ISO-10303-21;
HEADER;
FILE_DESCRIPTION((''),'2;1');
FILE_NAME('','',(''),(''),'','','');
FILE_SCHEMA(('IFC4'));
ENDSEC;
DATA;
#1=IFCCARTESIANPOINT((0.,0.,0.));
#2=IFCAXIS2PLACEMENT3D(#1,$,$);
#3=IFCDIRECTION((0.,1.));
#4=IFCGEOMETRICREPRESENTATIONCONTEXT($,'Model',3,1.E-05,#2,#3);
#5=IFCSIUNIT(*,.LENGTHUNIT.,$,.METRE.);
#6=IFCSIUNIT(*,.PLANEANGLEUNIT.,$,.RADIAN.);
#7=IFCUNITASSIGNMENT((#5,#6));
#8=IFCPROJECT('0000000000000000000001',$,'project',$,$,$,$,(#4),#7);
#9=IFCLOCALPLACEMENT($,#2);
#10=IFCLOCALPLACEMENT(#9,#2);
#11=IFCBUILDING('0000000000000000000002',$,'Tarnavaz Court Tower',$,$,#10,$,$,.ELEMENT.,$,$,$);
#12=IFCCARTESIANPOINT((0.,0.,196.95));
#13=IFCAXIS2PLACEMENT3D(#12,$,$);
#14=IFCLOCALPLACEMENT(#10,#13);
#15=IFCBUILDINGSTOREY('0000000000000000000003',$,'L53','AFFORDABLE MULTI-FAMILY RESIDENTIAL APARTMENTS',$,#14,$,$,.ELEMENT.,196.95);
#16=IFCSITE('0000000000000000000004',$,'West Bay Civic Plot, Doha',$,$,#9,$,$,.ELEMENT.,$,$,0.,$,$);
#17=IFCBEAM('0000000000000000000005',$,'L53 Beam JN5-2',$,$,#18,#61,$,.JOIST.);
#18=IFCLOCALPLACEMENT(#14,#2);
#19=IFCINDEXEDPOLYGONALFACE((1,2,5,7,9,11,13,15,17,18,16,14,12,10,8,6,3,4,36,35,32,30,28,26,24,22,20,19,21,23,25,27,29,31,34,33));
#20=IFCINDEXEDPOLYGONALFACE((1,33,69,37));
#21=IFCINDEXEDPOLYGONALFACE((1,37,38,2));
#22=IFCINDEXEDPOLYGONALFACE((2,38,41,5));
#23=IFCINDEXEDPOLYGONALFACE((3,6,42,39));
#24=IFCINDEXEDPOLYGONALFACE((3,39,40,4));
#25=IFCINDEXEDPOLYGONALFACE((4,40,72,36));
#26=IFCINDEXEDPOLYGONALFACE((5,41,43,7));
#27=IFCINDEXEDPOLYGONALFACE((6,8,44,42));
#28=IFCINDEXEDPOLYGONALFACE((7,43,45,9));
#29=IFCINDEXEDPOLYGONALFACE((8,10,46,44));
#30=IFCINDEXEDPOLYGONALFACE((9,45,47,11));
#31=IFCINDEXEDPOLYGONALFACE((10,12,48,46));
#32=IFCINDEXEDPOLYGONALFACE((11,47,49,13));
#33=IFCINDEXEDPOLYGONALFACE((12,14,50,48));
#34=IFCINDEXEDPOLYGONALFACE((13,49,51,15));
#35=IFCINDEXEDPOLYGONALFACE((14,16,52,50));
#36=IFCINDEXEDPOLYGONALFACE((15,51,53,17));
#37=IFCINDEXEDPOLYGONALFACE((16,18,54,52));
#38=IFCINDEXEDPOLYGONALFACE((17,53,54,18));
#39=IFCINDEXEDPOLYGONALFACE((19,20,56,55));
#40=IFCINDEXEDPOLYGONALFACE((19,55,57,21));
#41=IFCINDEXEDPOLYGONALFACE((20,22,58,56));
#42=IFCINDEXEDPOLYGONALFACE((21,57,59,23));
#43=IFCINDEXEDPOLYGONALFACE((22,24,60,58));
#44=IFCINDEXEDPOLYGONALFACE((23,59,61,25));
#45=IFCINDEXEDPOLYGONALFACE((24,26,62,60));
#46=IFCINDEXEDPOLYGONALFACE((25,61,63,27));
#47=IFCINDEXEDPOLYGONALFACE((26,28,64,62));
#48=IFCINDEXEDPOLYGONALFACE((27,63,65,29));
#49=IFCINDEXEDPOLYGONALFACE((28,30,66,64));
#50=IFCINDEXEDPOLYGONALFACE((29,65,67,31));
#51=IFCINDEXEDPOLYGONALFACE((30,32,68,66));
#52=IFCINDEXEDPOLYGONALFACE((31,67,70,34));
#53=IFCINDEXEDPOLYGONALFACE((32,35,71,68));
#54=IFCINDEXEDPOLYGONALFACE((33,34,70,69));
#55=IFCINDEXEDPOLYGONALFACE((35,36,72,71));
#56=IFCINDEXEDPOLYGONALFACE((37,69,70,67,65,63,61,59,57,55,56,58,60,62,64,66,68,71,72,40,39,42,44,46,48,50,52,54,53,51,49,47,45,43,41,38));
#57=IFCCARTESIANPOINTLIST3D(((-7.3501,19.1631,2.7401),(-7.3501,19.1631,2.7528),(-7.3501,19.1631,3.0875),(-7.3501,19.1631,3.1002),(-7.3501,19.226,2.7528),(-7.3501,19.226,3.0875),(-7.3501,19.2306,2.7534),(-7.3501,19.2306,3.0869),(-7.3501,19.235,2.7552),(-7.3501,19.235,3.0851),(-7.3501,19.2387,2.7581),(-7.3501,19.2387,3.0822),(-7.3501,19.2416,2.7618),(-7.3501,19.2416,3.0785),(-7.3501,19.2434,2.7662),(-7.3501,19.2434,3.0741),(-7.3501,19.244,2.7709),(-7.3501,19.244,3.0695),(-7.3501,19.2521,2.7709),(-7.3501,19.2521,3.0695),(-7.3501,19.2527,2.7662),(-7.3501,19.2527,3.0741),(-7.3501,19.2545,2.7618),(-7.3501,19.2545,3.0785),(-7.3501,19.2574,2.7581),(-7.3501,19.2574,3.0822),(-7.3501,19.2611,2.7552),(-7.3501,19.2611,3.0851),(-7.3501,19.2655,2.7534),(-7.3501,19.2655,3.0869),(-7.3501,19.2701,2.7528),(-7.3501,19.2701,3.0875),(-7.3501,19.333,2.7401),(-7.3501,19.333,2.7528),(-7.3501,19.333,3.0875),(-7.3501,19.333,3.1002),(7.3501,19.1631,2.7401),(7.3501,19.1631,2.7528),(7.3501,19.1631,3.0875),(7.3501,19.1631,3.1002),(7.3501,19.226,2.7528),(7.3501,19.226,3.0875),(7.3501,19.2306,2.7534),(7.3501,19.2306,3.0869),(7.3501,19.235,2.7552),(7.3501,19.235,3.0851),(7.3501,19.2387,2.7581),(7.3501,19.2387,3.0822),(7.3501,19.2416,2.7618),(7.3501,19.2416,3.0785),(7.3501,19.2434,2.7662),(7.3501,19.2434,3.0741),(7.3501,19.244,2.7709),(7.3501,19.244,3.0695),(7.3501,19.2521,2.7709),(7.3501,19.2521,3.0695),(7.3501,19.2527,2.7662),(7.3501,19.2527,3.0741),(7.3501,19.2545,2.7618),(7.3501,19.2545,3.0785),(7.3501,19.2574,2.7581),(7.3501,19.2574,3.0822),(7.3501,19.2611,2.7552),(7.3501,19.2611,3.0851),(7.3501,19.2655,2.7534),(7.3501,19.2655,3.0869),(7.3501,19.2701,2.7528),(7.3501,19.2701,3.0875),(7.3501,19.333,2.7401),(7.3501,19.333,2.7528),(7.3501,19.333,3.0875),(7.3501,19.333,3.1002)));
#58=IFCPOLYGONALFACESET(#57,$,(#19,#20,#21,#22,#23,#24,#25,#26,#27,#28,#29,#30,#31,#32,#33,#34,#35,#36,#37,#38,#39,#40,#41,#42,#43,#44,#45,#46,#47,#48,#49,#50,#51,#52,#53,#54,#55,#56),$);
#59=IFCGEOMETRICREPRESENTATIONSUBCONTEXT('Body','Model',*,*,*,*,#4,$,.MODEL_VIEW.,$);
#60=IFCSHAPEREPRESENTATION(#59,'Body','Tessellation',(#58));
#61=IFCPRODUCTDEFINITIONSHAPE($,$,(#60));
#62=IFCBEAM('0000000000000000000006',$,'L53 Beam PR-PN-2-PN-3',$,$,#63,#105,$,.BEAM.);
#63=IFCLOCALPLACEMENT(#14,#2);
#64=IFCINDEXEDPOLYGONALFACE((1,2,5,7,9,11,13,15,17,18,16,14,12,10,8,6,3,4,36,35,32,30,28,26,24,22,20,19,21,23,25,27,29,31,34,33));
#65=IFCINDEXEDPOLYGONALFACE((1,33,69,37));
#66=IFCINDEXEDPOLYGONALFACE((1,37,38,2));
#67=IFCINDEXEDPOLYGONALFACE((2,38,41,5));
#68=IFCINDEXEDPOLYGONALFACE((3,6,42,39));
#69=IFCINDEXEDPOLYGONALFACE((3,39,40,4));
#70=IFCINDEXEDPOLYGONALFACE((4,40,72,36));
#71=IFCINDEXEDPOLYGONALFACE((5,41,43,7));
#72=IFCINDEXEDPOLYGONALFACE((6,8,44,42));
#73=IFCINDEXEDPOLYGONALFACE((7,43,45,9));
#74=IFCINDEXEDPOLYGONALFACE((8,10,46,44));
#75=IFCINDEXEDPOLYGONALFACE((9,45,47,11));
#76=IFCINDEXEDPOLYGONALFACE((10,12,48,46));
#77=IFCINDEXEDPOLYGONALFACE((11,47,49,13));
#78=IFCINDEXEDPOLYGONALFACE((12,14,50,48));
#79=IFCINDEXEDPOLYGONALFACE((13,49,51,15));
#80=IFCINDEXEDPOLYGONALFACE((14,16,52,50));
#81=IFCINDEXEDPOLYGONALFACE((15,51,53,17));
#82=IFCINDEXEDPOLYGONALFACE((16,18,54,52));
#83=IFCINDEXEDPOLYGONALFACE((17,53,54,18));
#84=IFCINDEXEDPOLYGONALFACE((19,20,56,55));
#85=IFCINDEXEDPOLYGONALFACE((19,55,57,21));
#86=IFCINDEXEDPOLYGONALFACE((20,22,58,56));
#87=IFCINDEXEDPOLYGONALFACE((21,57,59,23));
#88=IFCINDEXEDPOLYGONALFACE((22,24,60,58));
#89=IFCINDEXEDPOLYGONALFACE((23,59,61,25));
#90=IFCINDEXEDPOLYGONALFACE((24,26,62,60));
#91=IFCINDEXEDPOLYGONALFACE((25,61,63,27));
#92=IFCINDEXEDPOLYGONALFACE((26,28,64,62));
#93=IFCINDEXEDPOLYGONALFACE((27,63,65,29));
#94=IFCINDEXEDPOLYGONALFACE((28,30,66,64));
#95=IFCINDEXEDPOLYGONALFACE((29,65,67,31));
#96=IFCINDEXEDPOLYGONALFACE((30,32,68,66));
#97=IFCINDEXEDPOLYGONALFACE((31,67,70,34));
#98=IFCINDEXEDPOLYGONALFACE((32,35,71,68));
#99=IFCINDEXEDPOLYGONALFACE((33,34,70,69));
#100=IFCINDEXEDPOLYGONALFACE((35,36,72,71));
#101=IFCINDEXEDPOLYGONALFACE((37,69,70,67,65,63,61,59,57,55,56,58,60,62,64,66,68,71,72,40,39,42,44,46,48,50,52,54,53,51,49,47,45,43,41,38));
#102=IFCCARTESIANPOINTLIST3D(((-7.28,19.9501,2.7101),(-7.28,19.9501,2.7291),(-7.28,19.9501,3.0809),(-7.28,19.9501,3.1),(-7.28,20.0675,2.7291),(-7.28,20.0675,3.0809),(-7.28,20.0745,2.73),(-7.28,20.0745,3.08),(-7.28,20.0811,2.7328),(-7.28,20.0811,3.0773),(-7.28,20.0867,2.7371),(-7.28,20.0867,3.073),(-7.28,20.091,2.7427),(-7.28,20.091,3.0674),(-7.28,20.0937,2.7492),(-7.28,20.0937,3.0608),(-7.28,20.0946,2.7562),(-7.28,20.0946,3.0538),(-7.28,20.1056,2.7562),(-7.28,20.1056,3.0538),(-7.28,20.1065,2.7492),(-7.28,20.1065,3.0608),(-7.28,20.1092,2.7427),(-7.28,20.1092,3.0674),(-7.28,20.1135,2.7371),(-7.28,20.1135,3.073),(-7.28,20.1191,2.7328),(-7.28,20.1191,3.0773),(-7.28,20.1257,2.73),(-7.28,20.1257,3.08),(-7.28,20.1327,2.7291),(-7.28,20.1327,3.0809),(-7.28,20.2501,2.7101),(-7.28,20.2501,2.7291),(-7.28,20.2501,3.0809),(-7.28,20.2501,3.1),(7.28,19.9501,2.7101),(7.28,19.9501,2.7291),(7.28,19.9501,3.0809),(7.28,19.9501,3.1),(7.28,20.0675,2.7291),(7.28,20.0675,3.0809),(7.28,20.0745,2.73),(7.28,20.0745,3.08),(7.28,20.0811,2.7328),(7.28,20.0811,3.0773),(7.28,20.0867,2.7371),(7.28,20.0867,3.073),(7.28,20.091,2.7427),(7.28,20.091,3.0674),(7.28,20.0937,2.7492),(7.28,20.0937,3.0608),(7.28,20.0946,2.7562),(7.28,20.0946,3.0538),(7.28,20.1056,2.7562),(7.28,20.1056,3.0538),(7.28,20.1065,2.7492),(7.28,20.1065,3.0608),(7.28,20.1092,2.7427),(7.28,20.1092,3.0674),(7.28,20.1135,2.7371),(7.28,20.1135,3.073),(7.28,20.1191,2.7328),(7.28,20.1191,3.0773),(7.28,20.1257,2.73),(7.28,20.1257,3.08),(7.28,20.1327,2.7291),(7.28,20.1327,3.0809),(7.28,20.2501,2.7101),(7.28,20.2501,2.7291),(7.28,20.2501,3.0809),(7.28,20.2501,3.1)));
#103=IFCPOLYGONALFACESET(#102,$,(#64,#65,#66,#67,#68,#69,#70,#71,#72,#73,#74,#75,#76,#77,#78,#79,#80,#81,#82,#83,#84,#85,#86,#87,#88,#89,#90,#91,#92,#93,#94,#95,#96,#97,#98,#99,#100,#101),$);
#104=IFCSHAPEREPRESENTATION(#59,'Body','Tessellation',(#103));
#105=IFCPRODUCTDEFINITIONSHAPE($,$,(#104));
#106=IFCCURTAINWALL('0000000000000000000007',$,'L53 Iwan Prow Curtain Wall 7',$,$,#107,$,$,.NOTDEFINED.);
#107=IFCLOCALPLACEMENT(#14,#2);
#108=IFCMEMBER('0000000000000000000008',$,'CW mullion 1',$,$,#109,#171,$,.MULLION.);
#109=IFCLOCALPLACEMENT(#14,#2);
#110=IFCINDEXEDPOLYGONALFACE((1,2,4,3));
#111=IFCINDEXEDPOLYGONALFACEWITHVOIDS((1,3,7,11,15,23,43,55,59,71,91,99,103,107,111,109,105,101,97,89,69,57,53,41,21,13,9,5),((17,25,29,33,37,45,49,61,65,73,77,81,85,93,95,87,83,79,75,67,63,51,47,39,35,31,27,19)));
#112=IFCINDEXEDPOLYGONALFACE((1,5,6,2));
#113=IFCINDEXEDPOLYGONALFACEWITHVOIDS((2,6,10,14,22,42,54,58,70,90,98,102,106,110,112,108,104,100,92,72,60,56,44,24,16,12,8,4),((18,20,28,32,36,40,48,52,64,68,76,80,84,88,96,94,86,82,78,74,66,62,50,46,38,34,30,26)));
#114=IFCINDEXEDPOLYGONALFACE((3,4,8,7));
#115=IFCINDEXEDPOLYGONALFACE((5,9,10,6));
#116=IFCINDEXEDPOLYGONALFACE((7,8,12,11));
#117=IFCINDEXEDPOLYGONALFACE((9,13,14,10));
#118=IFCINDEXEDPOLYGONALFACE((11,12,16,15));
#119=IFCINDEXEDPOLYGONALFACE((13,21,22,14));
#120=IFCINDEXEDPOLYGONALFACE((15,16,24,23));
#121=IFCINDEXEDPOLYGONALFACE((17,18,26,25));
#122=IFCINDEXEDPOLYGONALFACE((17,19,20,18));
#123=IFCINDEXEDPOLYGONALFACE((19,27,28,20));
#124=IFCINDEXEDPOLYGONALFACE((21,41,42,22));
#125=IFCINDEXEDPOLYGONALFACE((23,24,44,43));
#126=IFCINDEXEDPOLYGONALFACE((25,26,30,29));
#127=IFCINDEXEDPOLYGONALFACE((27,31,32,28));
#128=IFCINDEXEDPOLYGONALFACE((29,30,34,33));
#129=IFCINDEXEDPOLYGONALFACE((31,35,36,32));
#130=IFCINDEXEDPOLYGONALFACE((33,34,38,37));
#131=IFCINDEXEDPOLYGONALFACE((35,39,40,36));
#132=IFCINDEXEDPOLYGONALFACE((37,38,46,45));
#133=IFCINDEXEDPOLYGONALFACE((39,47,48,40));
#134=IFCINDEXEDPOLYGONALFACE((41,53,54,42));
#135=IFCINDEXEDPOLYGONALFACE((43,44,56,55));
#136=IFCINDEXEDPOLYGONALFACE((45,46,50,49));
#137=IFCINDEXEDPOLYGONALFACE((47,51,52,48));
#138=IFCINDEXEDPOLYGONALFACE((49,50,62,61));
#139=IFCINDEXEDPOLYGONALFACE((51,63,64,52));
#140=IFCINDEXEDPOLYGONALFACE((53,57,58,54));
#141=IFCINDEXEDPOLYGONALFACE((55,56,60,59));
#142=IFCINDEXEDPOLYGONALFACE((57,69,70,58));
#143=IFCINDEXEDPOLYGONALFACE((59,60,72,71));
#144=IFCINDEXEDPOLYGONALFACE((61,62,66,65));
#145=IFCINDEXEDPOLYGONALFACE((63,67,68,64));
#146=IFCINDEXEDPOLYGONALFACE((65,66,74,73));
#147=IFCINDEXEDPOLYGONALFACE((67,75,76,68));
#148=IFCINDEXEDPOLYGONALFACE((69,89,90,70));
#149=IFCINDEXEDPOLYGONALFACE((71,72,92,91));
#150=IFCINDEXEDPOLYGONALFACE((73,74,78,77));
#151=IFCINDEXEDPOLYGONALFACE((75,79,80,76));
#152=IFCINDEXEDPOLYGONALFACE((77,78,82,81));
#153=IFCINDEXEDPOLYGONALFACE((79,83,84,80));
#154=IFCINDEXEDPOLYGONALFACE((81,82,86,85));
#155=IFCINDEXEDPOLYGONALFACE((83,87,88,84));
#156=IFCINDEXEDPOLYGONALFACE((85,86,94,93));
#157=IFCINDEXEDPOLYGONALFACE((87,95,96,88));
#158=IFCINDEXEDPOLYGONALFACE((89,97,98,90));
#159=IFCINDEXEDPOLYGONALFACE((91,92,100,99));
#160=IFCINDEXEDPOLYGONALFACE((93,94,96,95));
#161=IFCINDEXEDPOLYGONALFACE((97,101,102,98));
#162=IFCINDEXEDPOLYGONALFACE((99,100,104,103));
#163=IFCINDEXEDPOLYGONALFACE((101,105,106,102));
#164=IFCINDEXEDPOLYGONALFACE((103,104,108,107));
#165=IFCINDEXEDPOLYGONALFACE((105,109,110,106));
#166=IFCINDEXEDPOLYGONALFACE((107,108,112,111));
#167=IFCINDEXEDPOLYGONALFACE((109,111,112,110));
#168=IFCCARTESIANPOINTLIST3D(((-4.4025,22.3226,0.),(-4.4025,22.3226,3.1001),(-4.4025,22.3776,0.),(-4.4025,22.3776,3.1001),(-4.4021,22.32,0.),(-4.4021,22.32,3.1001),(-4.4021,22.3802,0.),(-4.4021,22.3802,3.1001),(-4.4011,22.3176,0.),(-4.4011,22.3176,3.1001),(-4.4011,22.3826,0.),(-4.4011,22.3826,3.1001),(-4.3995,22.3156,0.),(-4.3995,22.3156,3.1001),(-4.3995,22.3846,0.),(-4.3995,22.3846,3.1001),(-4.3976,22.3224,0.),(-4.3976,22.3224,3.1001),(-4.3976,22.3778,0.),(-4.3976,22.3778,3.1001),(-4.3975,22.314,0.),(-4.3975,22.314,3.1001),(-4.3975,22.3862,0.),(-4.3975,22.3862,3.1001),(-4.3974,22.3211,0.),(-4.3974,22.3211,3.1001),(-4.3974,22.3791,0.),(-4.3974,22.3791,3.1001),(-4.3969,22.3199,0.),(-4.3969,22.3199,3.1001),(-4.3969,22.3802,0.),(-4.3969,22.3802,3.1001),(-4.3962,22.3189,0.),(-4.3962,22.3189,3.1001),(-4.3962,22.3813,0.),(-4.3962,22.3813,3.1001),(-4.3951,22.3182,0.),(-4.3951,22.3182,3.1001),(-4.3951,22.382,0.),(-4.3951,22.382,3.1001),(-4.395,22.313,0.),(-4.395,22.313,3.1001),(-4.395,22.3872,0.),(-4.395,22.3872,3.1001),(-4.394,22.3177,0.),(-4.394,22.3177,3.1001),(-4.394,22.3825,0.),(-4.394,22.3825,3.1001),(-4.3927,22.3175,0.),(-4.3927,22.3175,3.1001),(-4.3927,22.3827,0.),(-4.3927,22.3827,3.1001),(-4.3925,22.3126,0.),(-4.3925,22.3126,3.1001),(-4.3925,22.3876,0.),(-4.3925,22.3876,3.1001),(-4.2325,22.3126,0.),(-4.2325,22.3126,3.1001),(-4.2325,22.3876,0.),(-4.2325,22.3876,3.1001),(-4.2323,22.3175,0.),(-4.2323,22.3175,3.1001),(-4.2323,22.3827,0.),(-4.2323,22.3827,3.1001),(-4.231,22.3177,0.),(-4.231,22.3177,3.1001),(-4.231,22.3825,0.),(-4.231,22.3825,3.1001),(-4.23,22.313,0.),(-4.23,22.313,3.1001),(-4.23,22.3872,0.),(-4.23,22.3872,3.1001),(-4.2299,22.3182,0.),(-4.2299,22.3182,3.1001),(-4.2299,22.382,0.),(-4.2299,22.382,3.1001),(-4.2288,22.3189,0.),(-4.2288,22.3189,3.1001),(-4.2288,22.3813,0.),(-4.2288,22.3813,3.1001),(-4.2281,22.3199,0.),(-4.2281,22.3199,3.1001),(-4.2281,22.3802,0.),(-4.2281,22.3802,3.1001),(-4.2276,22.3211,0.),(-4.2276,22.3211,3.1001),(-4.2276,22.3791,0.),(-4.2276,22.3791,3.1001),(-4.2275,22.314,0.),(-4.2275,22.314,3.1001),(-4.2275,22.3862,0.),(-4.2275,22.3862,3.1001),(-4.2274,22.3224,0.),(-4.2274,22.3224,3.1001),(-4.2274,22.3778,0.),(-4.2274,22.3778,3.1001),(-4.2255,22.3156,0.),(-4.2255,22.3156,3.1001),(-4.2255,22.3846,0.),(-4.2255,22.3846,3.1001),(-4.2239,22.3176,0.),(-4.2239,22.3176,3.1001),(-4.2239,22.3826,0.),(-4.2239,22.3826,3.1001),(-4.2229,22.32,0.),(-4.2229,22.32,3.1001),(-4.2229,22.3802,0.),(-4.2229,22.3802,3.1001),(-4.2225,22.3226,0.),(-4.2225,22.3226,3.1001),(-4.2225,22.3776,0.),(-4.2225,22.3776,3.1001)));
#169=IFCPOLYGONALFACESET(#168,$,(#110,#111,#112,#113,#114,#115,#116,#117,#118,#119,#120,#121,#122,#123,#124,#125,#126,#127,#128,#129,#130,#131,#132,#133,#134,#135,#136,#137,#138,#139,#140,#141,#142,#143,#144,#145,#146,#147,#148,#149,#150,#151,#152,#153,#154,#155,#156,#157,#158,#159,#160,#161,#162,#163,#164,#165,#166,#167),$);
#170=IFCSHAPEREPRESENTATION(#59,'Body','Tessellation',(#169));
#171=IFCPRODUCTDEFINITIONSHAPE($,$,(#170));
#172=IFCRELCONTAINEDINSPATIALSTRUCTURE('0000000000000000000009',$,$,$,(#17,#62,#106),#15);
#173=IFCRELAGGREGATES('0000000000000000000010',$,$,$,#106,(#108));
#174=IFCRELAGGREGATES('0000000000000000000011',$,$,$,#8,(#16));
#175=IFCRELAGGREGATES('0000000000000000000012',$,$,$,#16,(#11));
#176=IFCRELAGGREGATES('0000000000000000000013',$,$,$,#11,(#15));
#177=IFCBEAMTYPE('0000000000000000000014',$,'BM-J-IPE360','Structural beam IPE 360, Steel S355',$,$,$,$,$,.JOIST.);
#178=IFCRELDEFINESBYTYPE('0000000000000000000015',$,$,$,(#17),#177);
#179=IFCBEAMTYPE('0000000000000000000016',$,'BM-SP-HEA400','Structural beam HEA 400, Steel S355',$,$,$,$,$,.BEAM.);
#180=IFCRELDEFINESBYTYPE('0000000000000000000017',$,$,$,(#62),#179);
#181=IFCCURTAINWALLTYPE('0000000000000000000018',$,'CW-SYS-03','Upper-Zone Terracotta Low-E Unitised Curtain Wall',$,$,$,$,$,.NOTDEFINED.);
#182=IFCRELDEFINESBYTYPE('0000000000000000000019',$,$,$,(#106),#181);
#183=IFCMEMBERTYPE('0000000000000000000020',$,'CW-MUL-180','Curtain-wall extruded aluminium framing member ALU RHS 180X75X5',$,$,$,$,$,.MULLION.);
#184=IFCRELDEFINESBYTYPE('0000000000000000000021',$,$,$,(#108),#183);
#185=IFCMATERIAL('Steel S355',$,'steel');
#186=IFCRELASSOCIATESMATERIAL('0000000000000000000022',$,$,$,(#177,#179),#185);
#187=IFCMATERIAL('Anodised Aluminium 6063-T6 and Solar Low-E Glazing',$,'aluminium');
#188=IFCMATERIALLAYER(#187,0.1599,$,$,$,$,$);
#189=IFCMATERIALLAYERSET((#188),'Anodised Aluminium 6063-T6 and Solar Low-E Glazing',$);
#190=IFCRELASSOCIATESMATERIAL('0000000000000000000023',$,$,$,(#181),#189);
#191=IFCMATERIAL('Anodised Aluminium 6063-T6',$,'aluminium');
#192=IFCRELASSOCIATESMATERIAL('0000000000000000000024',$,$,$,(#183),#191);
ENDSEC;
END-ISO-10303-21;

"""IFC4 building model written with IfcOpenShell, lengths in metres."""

from ifc_helpers import new_model, si_unit, direction, frame, origin, origin_2d, place, context, subcontext, project, spatial, hollow_rectangle, i_section, extrude, material, layer, layer_set, material_profile, profile_set, type_object, element, aggregate, save


model = new_model("IFC4")

# Units and contexts
model_context = context("Model", 3, precision=1e-05, world=origin(), true_north=direction((0.0, 1.0)))
body_context = subcontext(model_context, "Body", "Model", "MODEL_VIEW")
ifc_project = project(units=[si_unit("LENGTHUNIT", "METRE"), si_unit("PLANEANGLEUNIT", "RADIAN")], contexts=[model_context])

# Site, building, storey
site_placement = place(None, origin())
site = spatial("IfcSite", under=ifc_project, at=site_placement, Name="West Bay Civic Plot, Doha", CompositionType="ELEMENT", RefElevation=0.0)
building_placement = place(site_placement, origin())
building = spatial("IfcBuilding", under=site, at=building_placement, Name="Tarnavaz Court Tower", CompositionType="ELEMENT")
storey_placement = place(building_placement, frame((0.0, 0.0, 196.95)))
storey = spatial("IfcBuildingStorey", under=building, at=storey_placement, Name="L53", Description="AFFORDABLE MULTI-FAMILY RESIDENTIAL APARTMENTS", CompositionType="ELEMENT", Elevation=196.95)

# Beams
ifc_material_1 = material(Name="Steel S355", Category="steel")
ifc_material_profile_1 = material_profile(ifc_material_1, i_section(OverallWidth=0.1699, OverallDepth=0.3601, WebThickness=0.0081, FlangeThickness=0.0127, FilletRadius=0.0181, at=origin_2d()), Name="IPE 360")
ifc_profile_set_1 = profile_set([ifc_material_profile_1], Name="Steel S355")
beam_type_1 = type_object("IfcBeamType", Name="BM-J-IPE360", Description="Structural beam IPE 360, Steel S355", PredefinedType="JOIST", material=ifc_profile_set_1)
for number, where, z_axis, x_axis, name in (
    (1, (-7.3501, 19.248, 2.9202), (1.0, 0.0, 0.0), (0.0, 1.0, 0.0), "L53 Beam JN5-2"),
):
    element("IfcBeam", number, at=place(storey_placement, frame(where, z_axis=z_axis, x_axis=x_axis)), inside=storey, type_object=beam_type_1, Name=name, PredefinedType="JOIST", context=body_context, shape_type="SweptSolid", body=[
        extrude(i_section(OverallWidth=0.1699, OverallDepth=0.3601, WebThickness=0.0081, FlangeThickness=0.0127, FilletRadius=0.0181, at=origin_2d()), origin(), (0.0, 0.0, 1.0), 14.7002),
    ])
ifc_material_profile_2 = material_profile(ifc_material_1, i_section(OverallWidth=0.3, OverallDepth=0.3899, WebThickness=0.011, FlangeThickness=0.019, FilletRadius=0.0271, at=origin_2d()), Name="HEA 400")
ifc_profile_set_2 = profile_set([ifc_material_profile_2], Name="Steel S355")
beam_type_2 = type_object("IfcBeamType", Name="BM-SP-HEA400", Description="Structural beam HEA 400, Steel S355", PredefinedType="BEAM", material=ifc_profile_set_2)
beam_placement = place(storey_placement, frame((-7.28, 20.1001, 2.905), z_axis=(1.0, 0.0, 0.0), x_axis=(0.0, 1.0, 0.0)))
element("IfcBeam", 2, at=beam_placement, inside=storey, type_object=beam_type_2, Name="L53 Beam PR-PN-2-PN-3", PredefinedType="BEAM", context=body_context, shape_type="SweptSolid", body=[
    extrude(i_section(OverallWidth=0.3, OverallDepth=0.3899, WebThickness=0.011, FlangeThickness=0.019, FilletRadius=0.0271, at=origin_2d()), origin(), (0.0, 0.0, 1.0), 14.5601),
])

# Curtain wall, member
ifc_material_2 = material(Name="Anodised Aluminium 6063-T6 and Solar Low-E Glazing", Category="aluminium")
ifc_layer_1 = layer(ifc_material_2, 0.1599)
ifc_layer_set_1 = layer_set([ifc_layer_1], Name="Anodised Aluminium 6063-T6 and Solar Low-E Glazing")
curtain_wall_type = type_object("IfcCurtainWallType", Name="CW-SYS-03", Description="Upper-Zone Terracotta Low-E Unitised Curtain Wall", PredefinedType="NOTDEFINED", material=ifc_layer_set_1)
curtain_wall_placement = place(storey_placement, origin())
curtain_wall = element("IfcCurtainWall", 3, at=curtain_wall_placement, inside=storey, type_object=curtain_wall_type, Name="L53 Iwan Prow Curtain Wall 7", PredefinedType="NOTDEFINED")
ifc_material_3 = material(Name="Anodised Aluminium 6063-T6", Category="aluminium")
ifc_material_profile_3 = material_profile(ifc_material_3, hollow_rectangle(XDim=0.075, YDim=0.1799, WallThickness=0.0049, InnerFilletRadius=0.0049, OuterFilletRadius=0.01, at=origin_2d()), Name="ALU RHS 180X75X5")
ifc_profile_set_3 = profile_set([ifc_material_profile_3], Name="Anodised Aluminium 6063-T6")
member_type_1 = type_object("IfcMemberType", Name="CW-MUL-180", Description="Curtain-wall extruded aluminium framing member ALU RHS 180X75X5", PredefinedType="MULLION", material=ifc_profile_set_3)
member_1_placement = place(storey_placement, frame((-4.3125, 22.3501, 0.0), z_axis=(0.0, 0.0, 1.0), x_axis=(0.0, 1.0, 0.0)))
member_1 = element("IfcMember", 4, at=member_1_placement, type_object=member_type_1, Name="CW mullion 1", PredefinedType="MULLION", context=body_context, shape_type="SweptSolid", body=[
    extrude(hollow_rectangle(XDim=0.075, YDim=0.1799, WallThickness=0.0049, InnerFilletRadius=0.0049, OuterFilletRadius=0.01, at=origin_2d()), origin(), (0.0, 0.0, 1.0), 3.1001),
])
aggregate(curtain_wall, [member_1])

save(model, "model.ifc")
